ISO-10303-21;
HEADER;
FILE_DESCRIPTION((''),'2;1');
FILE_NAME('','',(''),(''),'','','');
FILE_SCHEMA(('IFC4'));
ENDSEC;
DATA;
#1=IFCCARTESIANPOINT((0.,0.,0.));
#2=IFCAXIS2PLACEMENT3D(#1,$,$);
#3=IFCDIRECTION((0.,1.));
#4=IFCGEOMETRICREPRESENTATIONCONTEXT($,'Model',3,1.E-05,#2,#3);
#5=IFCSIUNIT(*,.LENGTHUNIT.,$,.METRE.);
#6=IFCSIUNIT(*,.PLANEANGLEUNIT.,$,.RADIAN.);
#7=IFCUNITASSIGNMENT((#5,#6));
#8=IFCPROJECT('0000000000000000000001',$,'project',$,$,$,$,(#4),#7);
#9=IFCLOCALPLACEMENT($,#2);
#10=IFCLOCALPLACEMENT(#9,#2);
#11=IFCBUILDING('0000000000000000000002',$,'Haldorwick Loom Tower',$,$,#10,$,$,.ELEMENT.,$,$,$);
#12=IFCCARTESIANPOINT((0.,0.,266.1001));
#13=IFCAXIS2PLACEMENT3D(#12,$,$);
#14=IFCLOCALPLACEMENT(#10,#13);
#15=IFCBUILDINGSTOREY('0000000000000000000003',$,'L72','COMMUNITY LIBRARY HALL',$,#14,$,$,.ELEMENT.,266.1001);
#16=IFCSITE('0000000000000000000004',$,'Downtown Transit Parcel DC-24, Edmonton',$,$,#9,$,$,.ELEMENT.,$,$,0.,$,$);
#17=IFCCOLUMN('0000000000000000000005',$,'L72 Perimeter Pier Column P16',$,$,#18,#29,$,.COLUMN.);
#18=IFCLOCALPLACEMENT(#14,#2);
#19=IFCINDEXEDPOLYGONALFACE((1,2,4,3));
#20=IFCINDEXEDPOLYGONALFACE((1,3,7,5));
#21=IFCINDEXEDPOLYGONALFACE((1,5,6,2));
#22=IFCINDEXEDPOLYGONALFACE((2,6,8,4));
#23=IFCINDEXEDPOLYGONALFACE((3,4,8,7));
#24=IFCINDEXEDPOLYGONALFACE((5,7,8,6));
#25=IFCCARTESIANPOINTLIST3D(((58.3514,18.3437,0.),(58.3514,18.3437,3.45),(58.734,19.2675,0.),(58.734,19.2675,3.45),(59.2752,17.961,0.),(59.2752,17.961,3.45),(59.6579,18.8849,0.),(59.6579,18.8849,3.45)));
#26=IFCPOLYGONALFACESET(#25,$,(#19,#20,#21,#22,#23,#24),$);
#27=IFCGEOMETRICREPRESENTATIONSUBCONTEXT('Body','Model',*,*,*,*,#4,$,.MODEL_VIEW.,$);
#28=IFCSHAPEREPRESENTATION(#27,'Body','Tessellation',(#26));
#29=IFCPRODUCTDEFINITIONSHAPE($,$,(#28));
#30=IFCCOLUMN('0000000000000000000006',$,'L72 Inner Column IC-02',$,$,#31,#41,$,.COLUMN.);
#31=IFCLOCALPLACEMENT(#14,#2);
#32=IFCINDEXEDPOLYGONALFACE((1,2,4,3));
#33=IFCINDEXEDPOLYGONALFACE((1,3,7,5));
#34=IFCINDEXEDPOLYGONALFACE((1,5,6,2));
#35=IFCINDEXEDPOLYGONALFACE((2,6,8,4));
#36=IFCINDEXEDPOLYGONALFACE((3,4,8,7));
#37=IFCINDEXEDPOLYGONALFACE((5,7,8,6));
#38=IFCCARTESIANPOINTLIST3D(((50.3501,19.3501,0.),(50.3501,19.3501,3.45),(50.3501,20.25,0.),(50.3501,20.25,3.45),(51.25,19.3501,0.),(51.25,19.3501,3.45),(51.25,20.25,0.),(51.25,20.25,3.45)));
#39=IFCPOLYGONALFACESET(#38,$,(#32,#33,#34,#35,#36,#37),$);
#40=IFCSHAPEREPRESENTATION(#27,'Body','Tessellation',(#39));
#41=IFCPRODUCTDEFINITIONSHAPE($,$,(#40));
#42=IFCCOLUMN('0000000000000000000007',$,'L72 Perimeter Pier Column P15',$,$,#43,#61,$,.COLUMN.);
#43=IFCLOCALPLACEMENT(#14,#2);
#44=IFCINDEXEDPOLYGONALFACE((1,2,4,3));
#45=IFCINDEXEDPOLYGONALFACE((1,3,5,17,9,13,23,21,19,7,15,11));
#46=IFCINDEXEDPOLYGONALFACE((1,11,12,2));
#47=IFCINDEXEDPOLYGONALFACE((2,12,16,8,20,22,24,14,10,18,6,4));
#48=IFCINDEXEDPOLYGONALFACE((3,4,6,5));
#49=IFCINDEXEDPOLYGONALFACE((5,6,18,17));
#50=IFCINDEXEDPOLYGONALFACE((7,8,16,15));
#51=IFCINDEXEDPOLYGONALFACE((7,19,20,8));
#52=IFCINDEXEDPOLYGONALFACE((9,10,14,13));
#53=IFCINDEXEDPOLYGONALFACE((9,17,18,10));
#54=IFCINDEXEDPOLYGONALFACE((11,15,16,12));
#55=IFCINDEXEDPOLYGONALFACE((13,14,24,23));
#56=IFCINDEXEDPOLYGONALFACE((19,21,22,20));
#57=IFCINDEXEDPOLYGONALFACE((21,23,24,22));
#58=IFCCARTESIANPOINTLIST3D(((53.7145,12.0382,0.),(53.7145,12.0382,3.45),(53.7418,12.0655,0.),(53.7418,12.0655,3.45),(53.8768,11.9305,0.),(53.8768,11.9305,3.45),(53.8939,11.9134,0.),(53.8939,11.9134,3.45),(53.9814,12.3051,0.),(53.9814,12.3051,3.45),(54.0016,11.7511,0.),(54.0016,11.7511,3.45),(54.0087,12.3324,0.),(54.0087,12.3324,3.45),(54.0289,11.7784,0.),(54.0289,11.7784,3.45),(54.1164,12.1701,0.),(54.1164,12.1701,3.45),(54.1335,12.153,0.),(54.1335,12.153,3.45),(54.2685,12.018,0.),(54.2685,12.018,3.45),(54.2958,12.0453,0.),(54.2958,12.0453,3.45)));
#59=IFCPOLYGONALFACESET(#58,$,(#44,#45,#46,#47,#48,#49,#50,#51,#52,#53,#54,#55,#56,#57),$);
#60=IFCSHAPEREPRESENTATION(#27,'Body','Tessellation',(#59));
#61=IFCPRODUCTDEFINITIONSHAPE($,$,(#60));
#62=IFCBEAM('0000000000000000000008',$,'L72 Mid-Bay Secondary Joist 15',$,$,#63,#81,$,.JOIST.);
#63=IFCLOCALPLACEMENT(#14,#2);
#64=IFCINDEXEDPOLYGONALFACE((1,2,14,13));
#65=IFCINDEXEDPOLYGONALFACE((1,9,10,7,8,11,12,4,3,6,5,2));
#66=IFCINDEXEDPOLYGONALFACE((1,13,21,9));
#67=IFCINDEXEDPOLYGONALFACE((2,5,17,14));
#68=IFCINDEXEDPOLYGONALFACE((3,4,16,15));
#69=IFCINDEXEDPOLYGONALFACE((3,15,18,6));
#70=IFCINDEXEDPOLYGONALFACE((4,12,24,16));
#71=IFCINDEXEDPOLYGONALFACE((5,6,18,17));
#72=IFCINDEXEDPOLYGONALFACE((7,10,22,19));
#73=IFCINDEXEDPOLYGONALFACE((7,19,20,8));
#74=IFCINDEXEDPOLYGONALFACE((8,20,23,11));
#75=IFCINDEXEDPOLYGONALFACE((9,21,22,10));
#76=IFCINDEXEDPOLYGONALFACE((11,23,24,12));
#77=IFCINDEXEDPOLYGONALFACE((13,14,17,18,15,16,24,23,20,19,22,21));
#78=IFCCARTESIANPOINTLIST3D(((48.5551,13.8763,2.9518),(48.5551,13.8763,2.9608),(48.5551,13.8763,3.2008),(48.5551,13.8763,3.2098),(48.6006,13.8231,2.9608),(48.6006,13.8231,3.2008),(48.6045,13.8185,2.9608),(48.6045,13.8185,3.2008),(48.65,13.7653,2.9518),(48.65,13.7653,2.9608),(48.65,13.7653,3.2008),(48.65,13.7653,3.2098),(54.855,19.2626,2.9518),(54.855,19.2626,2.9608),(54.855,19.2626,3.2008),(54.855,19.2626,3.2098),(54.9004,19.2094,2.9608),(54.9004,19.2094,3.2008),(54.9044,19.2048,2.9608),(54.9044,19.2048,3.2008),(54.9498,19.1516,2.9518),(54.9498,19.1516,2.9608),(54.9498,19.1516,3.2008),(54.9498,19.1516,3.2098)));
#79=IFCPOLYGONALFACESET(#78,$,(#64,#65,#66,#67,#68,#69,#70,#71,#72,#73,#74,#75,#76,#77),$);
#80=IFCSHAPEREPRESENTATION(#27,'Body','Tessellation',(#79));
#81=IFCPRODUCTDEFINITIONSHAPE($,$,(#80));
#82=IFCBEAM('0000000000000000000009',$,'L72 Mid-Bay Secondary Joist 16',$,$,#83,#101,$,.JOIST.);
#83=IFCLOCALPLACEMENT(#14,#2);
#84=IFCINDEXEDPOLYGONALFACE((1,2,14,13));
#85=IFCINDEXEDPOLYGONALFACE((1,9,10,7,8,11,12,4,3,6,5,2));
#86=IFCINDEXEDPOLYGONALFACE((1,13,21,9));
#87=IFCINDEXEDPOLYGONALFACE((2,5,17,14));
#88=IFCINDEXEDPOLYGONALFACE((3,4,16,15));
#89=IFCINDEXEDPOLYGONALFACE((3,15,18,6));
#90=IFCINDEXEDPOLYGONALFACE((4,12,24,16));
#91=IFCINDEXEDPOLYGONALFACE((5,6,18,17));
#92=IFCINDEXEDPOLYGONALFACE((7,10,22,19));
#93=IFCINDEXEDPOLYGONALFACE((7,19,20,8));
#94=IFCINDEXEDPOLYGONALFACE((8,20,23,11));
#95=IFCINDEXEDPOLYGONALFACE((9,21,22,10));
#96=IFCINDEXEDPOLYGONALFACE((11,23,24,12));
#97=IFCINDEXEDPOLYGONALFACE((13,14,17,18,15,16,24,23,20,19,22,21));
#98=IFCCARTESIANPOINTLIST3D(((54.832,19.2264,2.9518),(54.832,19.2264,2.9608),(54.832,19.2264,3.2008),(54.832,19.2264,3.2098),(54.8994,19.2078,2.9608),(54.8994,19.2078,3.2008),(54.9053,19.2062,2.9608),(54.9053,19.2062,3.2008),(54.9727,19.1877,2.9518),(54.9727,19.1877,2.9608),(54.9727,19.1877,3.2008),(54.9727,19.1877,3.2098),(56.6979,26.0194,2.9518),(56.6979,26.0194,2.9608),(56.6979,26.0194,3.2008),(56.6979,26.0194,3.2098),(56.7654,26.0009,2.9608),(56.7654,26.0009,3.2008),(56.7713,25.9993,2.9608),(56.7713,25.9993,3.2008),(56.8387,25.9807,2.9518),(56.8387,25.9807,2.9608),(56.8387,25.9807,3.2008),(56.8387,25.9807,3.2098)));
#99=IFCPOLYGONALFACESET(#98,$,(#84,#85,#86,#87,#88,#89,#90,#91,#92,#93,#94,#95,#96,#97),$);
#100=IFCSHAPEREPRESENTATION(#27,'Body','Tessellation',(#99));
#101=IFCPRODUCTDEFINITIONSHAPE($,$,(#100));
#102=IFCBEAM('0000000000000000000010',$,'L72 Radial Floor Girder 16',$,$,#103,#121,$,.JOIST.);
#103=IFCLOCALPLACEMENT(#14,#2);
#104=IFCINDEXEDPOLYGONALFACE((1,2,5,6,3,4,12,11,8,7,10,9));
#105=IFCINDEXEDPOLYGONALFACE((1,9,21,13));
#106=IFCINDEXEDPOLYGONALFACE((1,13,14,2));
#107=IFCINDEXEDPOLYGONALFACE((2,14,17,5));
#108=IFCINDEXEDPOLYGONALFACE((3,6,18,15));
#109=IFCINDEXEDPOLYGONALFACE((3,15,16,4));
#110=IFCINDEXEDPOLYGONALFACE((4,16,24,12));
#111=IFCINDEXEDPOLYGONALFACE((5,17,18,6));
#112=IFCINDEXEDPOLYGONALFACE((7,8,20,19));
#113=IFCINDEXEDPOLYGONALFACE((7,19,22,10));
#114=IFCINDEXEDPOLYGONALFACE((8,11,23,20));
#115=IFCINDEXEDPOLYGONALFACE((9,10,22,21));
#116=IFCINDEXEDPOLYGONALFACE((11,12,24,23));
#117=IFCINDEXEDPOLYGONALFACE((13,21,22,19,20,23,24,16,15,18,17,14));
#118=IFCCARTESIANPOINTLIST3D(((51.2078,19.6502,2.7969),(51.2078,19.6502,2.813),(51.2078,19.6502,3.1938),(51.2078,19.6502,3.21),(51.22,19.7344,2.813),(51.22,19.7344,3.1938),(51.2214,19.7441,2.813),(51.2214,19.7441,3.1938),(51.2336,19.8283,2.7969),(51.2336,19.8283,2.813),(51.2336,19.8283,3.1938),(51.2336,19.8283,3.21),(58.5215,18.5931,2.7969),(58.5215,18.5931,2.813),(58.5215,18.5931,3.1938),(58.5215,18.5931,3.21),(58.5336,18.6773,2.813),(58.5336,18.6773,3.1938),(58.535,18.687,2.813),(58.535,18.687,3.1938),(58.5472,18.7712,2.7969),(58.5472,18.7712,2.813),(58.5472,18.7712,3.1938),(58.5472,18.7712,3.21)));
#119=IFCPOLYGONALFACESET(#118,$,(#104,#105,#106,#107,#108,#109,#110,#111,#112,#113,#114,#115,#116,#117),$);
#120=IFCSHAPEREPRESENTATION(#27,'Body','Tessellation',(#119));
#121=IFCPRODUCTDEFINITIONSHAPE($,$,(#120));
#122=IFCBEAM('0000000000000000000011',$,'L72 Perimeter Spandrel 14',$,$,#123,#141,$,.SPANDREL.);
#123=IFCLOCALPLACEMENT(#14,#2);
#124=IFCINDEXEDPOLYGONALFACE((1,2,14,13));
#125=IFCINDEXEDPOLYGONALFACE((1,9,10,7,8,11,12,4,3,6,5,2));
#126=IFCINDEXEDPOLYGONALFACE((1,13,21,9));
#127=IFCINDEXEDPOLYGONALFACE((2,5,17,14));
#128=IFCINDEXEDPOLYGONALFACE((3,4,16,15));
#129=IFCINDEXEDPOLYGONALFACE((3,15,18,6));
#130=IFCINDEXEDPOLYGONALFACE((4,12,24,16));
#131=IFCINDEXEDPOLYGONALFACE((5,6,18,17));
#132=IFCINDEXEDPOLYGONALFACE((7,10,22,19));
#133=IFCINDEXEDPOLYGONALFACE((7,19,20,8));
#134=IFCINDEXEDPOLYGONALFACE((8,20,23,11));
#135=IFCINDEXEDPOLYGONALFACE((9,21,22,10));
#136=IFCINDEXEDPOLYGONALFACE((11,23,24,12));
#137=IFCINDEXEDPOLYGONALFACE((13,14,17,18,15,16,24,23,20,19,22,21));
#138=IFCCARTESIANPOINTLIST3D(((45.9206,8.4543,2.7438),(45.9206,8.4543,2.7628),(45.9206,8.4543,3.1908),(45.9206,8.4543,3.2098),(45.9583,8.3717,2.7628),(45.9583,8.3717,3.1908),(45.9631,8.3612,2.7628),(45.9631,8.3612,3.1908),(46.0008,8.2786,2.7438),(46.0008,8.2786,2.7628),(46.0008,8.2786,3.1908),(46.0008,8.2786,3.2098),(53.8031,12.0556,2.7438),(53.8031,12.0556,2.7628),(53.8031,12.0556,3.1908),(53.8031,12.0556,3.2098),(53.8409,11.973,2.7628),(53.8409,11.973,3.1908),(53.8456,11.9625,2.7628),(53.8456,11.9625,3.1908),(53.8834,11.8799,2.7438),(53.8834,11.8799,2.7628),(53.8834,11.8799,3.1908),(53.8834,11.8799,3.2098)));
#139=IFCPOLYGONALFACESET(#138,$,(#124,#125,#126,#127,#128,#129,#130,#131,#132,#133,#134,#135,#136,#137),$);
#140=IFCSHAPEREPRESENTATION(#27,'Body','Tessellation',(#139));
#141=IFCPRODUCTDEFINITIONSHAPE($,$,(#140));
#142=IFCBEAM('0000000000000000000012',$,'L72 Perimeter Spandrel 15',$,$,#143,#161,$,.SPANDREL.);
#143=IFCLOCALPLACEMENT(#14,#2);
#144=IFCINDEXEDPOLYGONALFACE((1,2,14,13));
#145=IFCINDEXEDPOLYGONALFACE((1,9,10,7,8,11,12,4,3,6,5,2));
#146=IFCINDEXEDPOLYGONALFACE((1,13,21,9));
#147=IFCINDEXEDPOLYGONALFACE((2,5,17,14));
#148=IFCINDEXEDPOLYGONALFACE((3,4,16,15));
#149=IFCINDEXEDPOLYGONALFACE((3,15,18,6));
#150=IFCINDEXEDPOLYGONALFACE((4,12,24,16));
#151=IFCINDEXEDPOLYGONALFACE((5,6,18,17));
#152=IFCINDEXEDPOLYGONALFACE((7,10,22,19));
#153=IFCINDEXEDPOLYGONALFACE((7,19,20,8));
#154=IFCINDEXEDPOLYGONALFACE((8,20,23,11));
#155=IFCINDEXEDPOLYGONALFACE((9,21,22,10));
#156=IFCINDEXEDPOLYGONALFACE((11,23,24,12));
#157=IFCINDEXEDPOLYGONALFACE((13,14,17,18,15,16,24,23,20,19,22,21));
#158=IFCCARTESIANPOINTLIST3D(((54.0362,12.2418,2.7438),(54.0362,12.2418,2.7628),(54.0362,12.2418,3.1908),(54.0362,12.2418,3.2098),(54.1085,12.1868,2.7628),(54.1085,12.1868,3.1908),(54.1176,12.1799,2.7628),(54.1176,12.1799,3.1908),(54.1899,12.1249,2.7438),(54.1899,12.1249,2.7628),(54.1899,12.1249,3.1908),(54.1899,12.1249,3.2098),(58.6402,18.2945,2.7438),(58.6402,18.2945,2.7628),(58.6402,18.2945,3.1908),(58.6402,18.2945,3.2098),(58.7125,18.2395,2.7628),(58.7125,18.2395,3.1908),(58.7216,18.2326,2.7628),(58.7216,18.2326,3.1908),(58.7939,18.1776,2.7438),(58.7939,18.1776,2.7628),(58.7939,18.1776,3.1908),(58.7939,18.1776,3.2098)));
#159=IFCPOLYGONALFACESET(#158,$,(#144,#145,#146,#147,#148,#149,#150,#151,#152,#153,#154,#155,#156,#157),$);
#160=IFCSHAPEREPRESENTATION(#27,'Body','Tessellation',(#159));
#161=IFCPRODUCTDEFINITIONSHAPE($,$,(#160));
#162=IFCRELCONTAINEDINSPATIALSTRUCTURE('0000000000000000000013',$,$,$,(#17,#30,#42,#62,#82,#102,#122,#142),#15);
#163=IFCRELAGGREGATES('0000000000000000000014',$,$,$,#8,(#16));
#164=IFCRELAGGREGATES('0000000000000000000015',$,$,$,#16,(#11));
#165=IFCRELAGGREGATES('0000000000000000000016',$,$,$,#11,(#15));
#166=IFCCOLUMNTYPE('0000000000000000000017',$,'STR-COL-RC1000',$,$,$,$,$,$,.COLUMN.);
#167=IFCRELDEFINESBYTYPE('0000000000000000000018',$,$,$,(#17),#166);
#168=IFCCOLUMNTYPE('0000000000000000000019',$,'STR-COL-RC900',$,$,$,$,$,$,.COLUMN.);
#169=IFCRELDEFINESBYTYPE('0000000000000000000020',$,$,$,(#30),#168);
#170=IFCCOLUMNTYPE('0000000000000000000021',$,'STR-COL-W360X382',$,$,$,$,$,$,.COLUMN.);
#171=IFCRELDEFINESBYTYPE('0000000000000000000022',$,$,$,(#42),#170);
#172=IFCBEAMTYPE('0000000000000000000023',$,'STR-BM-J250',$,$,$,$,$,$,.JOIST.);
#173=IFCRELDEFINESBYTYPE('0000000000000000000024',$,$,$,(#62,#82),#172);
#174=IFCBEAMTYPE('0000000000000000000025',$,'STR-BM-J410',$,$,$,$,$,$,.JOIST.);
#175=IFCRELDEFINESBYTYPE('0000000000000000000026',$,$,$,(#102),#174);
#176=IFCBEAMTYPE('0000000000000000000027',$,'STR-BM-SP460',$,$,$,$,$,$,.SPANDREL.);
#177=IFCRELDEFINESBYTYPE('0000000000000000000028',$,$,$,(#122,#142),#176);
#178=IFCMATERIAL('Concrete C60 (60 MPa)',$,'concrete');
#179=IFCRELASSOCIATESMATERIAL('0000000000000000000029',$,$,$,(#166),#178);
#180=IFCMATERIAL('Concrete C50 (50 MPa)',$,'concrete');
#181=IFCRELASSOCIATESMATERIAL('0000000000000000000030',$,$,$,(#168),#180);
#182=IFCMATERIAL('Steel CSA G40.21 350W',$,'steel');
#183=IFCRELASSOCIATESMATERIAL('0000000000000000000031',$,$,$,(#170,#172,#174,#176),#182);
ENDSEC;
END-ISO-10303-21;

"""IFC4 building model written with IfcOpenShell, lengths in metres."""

from ifc_helpers import new_model, si_unit, direction, frame, origin, origin_2d, place, context, subcontext, project, spatial, rectangle, i_section, extrude, material, material_profile, profile_set, type_object, element, save


model = new_model("IFC4")

# Units and contexts
model_context = context("Model", 3, precision=1e-05, world=origin(), true_north=direction((0.0, 1.0)))
body_context = subcontext(model_context, "Body", "Model", "MODEL_VIEW")
ifc_project = project(units=[si_unit("LENGTHUNIT", "METRE"), si_unit("PLANEANGLEUNIT", "RADIAN")], contexts=[model_context])

# Site, building, storey
site_placement = place(None, origin())
site = spatial("IfcSite", under=ifc_project, at=site_placement, Name="Downtown Transit Parcel DC-24, Edmonton", CompositionType="ELEMENT", RefElevation=0.0)
building_placement = place(site_placement, origin())
building = spatial("IfcBuilding", under=site, at=building_placement, Name="Haldorwick Loom Tower", CompositionType="ELEMENT")
storey_placement = place(building_placement, frame((0.0, 0.0, 266.1001)))
storey = spatial("IfcBuildingStorey", under=building, at=storey_placement, Name="L72", Description="COMMUNITY LIBRARY HALL", CompositionType="ELEMENT", Elevation=266.1001)

# Columns
ifc_material_1 = material(Name="Concrete C60 (60 MPa)", Category="concrete")
ifc_material_profile_1 = material_profile(ifc_material_1, rectangle(XDim=1.0, YDim=1.0, at=origin_2d()), Name="RC1000X1000", Category="concrete")
ifc_profile_set_1 = profile_set([ifc_material_profile_1], Name="Concrete C60 (60 MPa)")
column_type_1 = type_object("IfcColumnType", Name="STR-COL-RC1000", PredefinedType="COLUMN", material=ifc_profile_set_1)
column_1_placement = place(storey_placement, frame((59.0046, 18.6143, 0.0), z_axis=(0.0, 0.0, 1.0), x_axis=(0.92388, -0.382683, 0.0)))
element("IfcColumn", 1, at=column_1_placement, inside=storey, type_object=column_type_1, Name="L72 Perimeter Pier Column P16", PredefinedType="COLUMN", context=body_context, shape_type="SweptSolid", body=[
    extrude(rectangle(XDim=1.0, YDim=1.0, at=origin_2d()), origin(), (0.0, 0.0, 1.0), 3.45),
])
ifc_material_2 = material(Name="Concrete C50 (50 MPa)", Category="concrete")
ifc_material_profile_2 = material_profile(ifc_material_2, rectangle(XDim=0.8999, YDim=0.8999, at=origin_2d()), Name="RC900X900", Category="concrete")
ifc_profile_set_2 = profile_set([ifc_material_profile_2], Name="Concrete C50 (50 MPa)")
column_type_2 = type_object("IfcColumnType", Name="STR-COL-RC900", PredefinedType="COLUMN", material=ifc_profile_set_2)
column_2_placement = place(storey_placement, frame((50.8, 19.8, 0.0), z_axis=(0.0, 0.0, 1.0), x_axis=(1.0, 0.0, 0.0)))
element("IfcColumn", 2, at=column_2_placement, inside=storey, type_object=column_type_2, Name="L72 Inner Column IC-02", PredefinedType="COLUMN", context=body_context, shape_type="SweptSolid", body=[
    extrude(rectangle(XDim=0.8999, YDim=0.8999, at=origin_2d()), origin(), (0.0, 0.0, 1.0), 3.45),
])
ifc_material_3 = material(Name="Steel CSA G40.21 350W", Category="steel")
ifc_material_profile_3 = material_profile(ifc_material_3, i_section(OverallWidth=0.406, OverallDepth=0.416, WebThickness=0.0242, FlangeThickness=0.0386, at=origin_2d()), Name="W360X382", Category="steel")
ifc_profile_set_3 = profile_set([ifc_material_profile_3], Name="Steel CSA G40.21 350W")
column_type_3 = type_object("IfcColumnType", Name="STR-COL-W360X382", PredefinedType="COLUMN", material=ifc_profile_set_3)
column_3_placement = place(storey_placement, frame((54.0051, 12.0417, 0.0), z_axis=(0.0, 0.0, 1.0), x_axis=(0.707107, -0.707107, 0.0)))
element("IfcColumn", 3, at=column_3_placement, inside=storey, type_object=column_type_3, Name="L72 Perimeter Pier Column P15", PredefinedType="COLUMN", context=body_context, shape_type="SweptSolid", body=[
    extrude(i_section(OverallWidth=0.406, OverallDepth=0.416, WebThickness=0.0242, FlangeThickness=0.0386, at=origin_2d()), origin(), (0.0, 0.0, 1.0), 3.45),
])

# Beams
ifc_material_profile_4 = material_profile(ifc_material_3, i_section(OverallWidth=0.146, OverallDepth=0.2581, WebThickness=0.0061, FlangeThickness=0.009, at=origin_2d()), Name="W250X33", Category="steel")
ifc_profile_set_4 = profile_set([ifc_material_profile_4], Name="Steel CSA G40.21 350W")
beam_type_1 = type_object("IfcBeamType", Name="STR-BM-J250", PredefinedType="JOIST", material=ifc_profile_set_4)
beam_1_placement = place(storey_placement, frame((48.6025, 13.8208, 3.0808), z_axis=(0.760067, 0.649845, 0.0), x_axis=(-0.649845, 0.760067, 0.0)))
element("IfcBeam", 4, at=beam_1_placement, inside=storey, type_object=beam_type_1, Name="L72 Mid-Bay Secondary Joist 15", PredefinedType="JOIST", context=body_context, shape_type="SweptSolid", body=[
    extrude(i_section(OverallWidth=0.146, OverallDepth=0.2581, WebThickness=0.0061, FlangeThickness=0.009, at=origin_2d()), origin(), (0.0, 0.0, 1.0), 8.2886),
])
beam_2_placement = place(storey_placement, frame((54.9023, 19.207, 3.0808), z_axis=(0.264879, 0.964282, 0.0), x_axis=(-0.964282, 0.264879, 0.0)))
element("IfcBeam", 5, at=beam_2_placement, inside=storey, type_object=beam_type_1, Name="L72 Mid-Bay Secondary Joist 16", PredefinedType="JOIST", context=body_context, shape_type="SweptSolid", body=[
    extrude(i_section(OverallWidth=0.146, OverallDepth=0.2581, WebThickness=0.0061, FlangeThickness=0.009, at=origin_2d()), origin(), (0.0, 0.0, 1.0), 7.0447),
])
ifc_material_profile_5 = material_profile(ifc_material_3, i_section(OverallWidth=0.1799, OverallDepth=0.4131, WebThickness=0.0098, FlangeThickness=0.0161, at=origin_2d()), Name="W410X74", Category="steel")
ifc_profile_set_5 = profile_set([ifc_material_profile_5], Name="Steel CSA G40.21 350W")
beam_type_2 = type_object("IfcBeamType", Name="STR-BM-J410", PredefinedType="JOIST", material=ifc_profile_set_5)
beam_3_placement = place(storey_placement, frame((51.2207, 19.7393, 3.0034), z_axis=(0.989715, -0.143054, 0.0), x_axis=(0.143054, 0.989715, 0.0)))
element("IfcBeam", 6, at=beam_3_placement, inside=storey, type_object=beam_type_2, Name="L72 Radial Floor Girder 16", PredefinedType="JOIST", context=body_context, shape_type="SweptSolid", body=[
    extrude(i_section(OverallWidth=0.1799, OverallDepth=0.4131, WebThickness=0.0098, FlangeThickness=0.0161, at=origin_2d()), origin(), (0.0, 0.0, 1.0), 7.3896),
])
ifc_material_profile_6 = material_profile(ifc_material_3, i_section(OverallWidth=0.1931, OverallDepth=0.4661, WebThickness=0.0115, FlangeThickness=0.019, at=origin_2d()), Name="W460X97", Category="steel")
ifc_profile_set_6 = profile_set([ifc_material_profile_6], Name="Steel CSA G40.21 350W")
beam_type_3 = type_object("IfcBeamType", Name="STR-BM-SP460", PredefinedType="SPANDREL", material=ifc_profile_set_6)
beam_4_placement = place(storey_placement, frame((45.9607, 8.3665, 2.9768), z_axis=(0.909568, 0.415555, 0.0), x_axis=(-0.415555, 0.909568, 0.0)))
element("IfcBeam", 7, at=beam_4_placement, inside=storey, type_object=beam_type_3, Name="L72 Perimeter Spandrel 14", PredefinedType="SPANDREL", context=body_context, shape_type="SweptSolid", body=[
    extrude(i_section(OverallWidth=0.1931, OverallDepth=0.4661, WebThickness=0.0115, FlangeThickness=0.019, at=origin_2d()), origin(), (0.0, 0.0, 1.0), 8.6663),
])
beam_5_placement = place(storey_placement, frame((54.113, 12.1833, 2.9768), z_axis=(0.60541, 0.795913, 0.0), x_axis=(-0.795913, 0.60541, 0.0)))
element("IfcBeam", 8, at=beam_5_placement, inside=storey, type_object=beam_type_3, Name="L72 Perimeter Spandrel 15", PredefinedType="SPANDREL", context=body_context, shape_type="SweptSolid", body=[
    extrude(i_section(OverallWidth=0.1931, OverallDepth=0.4661, WebThickness=0.0115, FlangeThickness=0.019, at=origin_2d()), origin(), (0.0, 0.0, 1.0), 7.6047),
])

save(model, "model.ifc")
